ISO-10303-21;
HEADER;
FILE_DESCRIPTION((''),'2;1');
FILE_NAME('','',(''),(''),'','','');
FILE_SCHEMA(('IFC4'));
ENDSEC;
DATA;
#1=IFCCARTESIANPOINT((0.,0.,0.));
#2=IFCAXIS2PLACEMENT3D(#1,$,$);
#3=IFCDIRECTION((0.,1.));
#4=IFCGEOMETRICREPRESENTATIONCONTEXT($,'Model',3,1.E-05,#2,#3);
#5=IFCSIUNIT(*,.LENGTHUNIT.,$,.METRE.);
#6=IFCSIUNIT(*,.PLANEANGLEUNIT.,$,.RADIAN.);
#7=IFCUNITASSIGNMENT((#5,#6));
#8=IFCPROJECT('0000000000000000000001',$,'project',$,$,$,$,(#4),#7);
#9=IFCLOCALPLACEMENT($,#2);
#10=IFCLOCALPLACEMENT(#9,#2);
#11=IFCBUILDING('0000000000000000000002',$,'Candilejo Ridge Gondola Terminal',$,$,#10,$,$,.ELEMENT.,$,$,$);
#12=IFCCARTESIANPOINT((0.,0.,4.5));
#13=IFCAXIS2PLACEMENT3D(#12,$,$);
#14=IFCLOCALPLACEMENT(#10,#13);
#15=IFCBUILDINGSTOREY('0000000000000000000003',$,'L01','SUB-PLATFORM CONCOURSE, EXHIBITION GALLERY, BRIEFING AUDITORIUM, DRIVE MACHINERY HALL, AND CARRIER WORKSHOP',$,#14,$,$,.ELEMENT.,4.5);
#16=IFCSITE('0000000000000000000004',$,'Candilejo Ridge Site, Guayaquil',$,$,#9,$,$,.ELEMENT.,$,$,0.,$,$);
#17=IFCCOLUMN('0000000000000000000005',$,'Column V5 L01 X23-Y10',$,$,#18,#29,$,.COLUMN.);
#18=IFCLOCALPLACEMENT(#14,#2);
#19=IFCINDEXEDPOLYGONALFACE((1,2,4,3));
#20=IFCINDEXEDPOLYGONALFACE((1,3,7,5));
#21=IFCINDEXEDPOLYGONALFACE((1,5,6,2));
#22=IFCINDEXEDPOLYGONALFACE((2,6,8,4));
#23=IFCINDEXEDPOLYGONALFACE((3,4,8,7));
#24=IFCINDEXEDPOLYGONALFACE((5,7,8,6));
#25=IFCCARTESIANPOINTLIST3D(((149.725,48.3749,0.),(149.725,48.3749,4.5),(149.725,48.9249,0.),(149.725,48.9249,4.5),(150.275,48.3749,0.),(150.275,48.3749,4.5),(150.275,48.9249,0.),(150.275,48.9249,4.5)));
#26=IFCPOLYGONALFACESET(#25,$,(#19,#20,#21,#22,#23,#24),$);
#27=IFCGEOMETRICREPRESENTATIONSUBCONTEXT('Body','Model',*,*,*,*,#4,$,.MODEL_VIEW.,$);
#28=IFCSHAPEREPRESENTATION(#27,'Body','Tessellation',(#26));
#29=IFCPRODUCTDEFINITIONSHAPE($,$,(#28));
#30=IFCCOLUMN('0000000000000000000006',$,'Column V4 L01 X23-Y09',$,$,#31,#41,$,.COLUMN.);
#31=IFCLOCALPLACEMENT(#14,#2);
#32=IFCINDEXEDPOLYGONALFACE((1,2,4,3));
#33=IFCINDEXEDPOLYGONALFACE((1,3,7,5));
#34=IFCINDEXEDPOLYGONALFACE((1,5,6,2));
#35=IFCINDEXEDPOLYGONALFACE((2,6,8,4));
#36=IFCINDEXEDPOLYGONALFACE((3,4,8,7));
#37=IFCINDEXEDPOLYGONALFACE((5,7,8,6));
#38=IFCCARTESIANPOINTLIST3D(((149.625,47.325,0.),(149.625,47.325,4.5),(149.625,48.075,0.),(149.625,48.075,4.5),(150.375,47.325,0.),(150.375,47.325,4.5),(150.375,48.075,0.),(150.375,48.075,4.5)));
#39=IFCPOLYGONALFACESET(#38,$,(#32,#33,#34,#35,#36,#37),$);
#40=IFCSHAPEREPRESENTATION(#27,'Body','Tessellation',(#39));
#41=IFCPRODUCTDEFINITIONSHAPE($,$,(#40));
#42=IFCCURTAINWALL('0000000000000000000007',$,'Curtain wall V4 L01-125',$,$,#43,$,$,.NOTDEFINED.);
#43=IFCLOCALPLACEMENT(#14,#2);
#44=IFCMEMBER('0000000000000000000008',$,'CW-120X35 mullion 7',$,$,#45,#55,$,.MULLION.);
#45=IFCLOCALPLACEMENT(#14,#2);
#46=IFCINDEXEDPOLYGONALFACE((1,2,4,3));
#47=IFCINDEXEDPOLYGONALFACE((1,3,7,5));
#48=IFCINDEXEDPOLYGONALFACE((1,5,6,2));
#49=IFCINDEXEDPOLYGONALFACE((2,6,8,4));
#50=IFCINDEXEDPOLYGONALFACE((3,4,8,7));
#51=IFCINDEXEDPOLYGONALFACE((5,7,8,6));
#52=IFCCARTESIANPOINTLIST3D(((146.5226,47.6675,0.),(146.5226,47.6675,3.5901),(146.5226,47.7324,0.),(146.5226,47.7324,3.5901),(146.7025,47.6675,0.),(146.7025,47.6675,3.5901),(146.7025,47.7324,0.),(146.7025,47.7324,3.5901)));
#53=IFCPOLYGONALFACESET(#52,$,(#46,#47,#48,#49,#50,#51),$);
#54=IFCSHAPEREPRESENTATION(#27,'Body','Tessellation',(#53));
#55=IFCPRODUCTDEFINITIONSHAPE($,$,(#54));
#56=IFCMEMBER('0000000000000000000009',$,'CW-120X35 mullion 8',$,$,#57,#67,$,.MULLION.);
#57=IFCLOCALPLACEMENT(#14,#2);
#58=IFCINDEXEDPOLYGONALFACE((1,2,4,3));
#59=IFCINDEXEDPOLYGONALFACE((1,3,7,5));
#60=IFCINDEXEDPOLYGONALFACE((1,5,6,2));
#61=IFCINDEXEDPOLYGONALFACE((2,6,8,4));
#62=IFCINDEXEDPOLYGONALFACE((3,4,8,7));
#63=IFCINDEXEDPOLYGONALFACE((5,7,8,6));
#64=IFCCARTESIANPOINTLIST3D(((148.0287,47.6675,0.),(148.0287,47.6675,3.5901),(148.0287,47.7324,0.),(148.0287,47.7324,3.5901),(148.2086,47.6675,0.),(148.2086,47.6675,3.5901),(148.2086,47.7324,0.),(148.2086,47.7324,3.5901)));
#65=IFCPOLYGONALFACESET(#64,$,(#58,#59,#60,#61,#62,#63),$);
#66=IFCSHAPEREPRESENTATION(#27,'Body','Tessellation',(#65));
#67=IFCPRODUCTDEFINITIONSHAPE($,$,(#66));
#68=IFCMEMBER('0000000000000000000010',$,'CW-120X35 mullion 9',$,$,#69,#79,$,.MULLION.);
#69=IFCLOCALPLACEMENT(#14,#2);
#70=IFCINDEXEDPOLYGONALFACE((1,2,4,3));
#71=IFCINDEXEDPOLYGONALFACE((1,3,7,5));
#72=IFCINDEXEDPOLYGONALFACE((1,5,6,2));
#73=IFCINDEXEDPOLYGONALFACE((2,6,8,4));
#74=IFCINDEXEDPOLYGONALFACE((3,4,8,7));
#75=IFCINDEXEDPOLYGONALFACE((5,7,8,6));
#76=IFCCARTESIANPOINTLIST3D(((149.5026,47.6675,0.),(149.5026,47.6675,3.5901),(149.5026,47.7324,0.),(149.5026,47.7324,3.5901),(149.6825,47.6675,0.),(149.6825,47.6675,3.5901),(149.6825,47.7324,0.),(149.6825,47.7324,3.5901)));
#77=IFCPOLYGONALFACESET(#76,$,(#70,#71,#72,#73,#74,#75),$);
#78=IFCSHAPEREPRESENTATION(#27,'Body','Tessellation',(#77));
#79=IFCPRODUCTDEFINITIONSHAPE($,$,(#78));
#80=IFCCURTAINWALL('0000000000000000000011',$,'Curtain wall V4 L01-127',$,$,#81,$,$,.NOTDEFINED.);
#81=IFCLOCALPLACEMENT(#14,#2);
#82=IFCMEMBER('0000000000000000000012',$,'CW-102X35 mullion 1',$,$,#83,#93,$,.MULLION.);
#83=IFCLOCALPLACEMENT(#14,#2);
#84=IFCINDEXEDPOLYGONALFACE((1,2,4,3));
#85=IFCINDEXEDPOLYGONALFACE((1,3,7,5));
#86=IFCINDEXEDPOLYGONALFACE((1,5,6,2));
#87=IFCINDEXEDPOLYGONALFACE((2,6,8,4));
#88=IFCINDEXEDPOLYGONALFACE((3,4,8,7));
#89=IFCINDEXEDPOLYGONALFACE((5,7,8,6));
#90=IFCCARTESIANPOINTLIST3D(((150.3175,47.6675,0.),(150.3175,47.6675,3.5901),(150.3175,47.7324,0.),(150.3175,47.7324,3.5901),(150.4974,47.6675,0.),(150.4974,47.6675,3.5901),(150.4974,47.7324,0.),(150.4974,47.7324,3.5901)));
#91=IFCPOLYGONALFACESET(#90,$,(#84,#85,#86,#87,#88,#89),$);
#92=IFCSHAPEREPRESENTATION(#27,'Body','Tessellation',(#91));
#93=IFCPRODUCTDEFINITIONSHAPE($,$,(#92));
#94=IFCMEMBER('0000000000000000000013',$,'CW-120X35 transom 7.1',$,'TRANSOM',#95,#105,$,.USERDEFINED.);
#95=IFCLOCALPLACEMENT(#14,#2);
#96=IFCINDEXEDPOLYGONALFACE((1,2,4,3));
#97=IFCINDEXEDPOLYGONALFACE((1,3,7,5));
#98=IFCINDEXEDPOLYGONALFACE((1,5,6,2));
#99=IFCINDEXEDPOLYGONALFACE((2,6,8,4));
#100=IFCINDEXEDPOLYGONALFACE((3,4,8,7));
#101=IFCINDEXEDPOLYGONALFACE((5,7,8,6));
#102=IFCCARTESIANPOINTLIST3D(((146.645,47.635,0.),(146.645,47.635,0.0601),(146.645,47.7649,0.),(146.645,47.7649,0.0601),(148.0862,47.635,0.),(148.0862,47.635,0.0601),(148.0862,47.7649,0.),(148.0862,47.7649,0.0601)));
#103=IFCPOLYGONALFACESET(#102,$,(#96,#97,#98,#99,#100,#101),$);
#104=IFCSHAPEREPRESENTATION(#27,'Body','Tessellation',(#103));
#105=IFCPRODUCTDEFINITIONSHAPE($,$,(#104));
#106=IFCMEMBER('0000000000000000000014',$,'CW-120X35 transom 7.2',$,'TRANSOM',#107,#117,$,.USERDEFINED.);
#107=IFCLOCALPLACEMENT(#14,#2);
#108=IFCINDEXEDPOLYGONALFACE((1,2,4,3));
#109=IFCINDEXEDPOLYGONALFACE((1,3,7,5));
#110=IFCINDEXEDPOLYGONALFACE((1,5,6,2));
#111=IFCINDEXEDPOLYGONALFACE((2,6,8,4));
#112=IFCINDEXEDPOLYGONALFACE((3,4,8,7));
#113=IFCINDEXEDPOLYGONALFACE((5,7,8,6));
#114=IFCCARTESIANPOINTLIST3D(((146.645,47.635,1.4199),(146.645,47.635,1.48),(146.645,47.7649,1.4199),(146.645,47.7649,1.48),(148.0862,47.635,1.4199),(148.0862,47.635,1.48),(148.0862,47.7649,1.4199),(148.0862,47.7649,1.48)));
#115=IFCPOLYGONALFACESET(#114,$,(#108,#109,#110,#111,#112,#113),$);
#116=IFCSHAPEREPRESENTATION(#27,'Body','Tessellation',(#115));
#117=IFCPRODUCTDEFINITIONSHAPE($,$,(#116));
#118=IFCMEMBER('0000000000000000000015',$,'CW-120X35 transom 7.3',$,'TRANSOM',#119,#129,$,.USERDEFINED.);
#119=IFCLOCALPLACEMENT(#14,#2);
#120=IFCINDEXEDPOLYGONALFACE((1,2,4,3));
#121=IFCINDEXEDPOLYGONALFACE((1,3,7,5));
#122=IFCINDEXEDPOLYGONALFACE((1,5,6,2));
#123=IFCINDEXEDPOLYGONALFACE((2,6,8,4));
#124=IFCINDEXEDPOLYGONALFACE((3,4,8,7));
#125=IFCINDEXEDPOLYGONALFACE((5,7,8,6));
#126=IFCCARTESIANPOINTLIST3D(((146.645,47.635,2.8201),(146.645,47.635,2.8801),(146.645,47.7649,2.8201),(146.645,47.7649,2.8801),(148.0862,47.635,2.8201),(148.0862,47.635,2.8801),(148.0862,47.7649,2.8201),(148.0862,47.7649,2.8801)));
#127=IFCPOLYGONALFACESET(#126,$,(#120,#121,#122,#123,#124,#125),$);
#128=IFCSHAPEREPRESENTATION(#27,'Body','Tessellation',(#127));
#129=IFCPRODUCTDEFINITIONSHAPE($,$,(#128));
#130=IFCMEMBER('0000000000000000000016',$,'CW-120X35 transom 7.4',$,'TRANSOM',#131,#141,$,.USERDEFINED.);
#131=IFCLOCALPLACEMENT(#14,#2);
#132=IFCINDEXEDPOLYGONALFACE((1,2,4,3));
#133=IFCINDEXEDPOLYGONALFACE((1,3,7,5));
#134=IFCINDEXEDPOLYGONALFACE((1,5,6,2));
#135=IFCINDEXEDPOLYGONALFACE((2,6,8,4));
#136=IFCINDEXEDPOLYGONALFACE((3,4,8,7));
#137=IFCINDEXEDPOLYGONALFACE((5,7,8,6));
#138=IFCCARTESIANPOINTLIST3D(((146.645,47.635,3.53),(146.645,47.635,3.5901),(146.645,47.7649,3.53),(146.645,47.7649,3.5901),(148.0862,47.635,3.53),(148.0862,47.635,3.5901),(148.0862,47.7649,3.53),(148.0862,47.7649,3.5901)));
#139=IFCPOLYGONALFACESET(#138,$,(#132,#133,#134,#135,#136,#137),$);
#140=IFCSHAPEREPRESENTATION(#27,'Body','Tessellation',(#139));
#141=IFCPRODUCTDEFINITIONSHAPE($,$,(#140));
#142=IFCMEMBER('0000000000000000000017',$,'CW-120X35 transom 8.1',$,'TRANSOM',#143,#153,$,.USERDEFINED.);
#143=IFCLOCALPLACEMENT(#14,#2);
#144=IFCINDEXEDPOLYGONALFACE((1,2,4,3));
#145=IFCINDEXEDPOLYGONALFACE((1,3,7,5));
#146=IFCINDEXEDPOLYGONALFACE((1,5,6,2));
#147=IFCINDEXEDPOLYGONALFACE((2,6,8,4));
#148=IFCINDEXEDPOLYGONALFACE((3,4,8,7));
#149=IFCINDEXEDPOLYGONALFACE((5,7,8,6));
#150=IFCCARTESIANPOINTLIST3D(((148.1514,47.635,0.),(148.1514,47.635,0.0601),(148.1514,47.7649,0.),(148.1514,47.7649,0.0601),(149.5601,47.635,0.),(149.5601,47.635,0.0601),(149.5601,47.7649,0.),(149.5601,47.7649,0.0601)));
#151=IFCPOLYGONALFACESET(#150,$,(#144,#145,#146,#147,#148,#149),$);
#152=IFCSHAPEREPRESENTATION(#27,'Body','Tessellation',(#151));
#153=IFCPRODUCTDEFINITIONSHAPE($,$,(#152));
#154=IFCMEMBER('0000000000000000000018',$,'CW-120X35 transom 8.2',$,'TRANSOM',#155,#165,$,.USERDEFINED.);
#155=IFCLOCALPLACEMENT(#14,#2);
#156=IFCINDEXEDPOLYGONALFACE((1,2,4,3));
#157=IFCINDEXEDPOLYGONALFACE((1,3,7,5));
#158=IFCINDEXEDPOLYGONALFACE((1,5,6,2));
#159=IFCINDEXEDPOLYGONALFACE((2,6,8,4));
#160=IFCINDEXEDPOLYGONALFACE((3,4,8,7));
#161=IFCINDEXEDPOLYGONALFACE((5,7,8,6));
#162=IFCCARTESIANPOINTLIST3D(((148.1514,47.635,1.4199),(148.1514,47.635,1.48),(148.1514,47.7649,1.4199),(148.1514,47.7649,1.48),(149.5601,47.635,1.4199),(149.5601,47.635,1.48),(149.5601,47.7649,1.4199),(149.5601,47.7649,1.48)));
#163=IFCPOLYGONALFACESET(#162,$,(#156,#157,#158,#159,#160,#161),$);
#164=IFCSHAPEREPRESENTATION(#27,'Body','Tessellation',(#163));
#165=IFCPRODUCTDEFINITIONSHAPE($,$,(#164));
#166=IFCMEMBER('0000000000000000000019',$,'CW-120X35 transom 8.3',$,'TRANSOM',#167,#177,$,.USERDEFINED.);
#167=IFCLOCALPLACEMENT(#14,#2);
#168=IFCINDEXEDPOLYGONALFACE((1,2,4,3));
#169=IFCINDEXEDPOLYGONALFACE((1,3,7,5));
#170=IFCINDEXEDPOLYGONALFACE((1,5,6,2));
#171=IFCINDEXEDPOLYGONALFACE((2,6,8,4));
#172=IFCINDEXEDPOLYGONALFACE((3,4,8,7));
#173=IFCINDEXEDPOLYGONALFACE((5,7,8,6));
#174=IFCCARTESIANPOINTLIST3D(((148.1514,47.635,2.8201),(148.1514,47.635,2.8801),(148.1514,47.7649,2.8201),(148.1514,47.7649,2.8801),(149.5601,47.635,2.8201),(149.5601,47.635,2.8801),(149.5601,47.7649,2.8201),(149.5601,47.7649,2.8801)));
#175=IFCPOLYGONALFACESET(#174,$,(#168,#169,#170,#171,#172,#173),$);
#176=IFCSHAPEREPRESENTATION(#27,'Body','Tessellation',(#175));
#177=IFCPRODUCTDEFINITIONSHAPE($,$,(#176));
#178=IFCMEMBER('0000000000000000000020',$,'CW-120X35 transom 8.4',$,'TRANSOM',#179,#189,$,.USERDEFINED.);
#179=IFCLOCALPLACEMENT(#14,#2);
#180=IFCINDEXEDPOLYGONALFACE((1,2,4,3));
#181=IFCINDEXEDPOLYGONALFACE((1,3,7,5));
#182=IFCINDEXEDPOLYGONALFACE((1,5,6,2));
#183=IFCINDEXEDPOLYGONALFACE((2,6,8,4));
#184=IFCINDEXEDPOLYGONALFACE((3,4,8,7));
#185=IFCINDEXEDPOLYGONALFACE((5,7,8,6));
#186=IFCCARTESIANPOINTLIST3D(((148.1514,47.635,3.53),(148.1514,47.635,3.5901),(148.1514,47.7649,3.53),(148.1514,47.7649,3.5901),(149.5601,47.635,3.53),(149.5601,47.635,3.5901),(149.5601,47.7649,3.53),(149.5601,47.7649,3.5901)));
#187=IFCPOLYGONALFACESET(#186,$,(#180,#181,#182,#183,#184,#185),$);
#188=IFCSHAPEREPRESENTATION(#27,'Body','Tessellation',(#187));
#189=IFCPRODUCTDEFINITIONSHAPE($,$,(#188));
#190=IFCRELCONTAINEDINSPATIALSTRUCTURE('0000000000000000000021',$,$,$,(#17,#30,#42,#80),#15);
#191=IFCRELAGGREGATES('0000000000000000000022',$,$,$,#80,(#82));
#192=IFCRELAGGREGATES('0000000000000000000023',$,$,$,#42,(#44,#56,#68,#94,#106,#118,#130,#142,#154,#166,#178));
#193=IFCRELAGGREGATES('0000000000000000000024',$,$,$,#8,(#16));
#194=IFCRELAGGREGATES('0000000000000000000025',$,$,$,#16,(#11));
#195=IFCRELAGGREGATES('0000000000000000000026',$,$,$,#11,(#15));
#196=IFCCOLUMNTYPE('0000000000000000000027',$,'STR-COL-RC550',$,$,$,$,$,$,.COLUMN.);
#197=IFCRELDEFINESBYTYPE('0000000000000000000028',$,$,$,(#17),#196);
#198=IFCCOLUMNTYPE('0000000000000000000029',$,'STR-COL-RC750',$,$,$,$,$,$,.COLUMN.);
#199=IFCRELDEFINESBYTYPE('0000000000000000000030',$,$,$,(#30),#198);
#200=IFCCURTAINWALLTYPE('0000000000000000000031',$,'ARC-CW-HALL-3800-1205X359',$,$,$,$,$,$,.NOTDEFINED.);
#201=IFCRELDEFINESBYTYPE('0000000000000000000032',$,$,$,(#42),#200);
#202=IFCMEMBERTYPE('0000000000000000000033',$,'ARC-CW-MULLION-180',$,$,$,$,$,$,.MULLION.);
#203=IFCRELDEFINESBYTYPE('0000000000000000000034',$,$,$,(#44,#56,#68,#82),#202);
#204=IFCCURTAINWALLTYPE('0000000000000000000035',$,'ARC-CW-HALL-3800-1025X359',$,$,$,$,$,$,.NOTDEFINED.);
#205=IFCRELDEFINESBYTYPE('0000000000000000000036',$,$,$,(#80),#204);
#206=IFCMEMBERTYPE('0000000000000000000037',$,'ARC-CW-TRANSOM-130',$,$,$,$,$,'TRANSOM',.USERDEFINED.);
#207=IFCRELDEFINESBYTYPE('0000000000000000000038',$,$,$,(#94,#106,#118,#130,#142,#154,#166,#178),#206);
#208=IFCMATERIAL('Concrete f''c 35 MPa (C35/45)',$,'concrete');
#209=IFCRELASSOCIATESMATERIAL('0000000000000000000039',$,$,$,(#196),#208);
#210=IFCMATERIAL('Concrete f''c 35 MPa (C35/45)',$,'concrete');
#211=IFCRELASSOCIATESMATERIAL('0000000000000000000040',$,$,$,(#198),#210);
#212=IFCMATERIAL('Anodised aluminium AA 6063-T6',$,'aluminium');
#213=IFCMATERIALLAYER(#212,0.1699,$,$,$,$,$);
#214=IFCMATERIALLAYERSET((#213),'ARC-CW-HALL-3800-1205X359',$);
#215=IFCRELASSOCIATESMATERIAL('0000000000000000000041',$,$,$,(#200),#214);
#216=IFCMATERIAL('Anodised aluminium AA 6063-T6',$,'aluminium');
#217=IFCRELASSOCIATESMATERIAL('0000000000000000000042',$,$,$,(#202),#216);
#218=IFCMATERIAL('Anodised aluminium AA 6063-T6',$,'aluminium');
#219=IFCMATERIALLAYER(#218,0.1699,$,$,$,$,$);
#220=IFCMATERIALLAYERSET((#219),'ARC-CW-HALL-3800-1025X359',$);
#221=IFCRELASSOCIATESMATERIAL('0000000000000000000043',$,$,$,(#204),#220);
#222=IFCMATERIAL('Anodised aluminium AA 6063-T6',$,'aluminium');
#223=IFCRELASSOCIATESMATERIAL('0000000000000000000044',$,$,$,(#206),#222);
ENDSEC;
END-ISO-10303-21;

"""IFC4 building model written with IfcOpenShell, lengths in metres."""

from ifc_helpers import new_model, si_unit, direction, frame, origin, origin_2d, place, context, subcontext, project, spatial, rectangle, extrude, material, layer, layer_set, material_profile, profile_set, type_object, element, aggregate, save


model = new_model("IFC4")

# Units and contexts
model_context = context("Model", 3, precision=1e-05, world=origin(), true_north=direction((0.0, 1.0)))
body_context = subcontext(model_context, "Body", "Model", "MODEL_VIEW")
ifc_project = project(units=[si_unit("LENGTHUNIT", "METRE"), si_unit("PLANEANGLEUNIT", "RADIAN")], contexts=[model_context])

# Site, building, storey
site_placement = place(None, origin())
site = spatial("IfcSite", under=ifc_project, at=site_placement, Name="Candilejo Ridge Site, Guayaquil", CompositionType="ELEMENT", RefElevation=0.0)
building_placement = place(site_placement, origin())
building = spatial("IfcBuilding", under=site, at=building_placement, Name="Candilejo Ridge Gondola Terminal", CompositionType="ELEMENT")
storey_placement = place(building_placement, frame((0.0, 0.0, 4.5)))
storey = spatial("IfcBuildingStorey", under=building, at=storey_placement, Name="L01", Description="SUB-PLATFORM CONCOURSE, EXHIBITION GALLERY, BRIEFING AUDITORIUM, DRIVE MACHINERY HALL, AND CARRIER WORKSHOP", CompositionType="ELEMENT", Elevation=4.5)

# Columns
ifc_material_1 = material(Name="Concrete f'c 35 MPa (C35/45)", Category="concrete")
ifc_material_profile_1 = material_profile(ifc_material_1, rectangle(XDim=0.55, YDim=0.55, at=origin_2d()))
ifc_profile_set_1 = profile_set([ifc_material_profile_1], Name="Concrete f'c 35 MPa (C35/45)")
column_type_1 = type_object("IfcColumnType", Name="STR-COL-RC550", PredefinedType="COLUMN", material=ifc_profile_set_1)
column_1_placement = place(storey_placement, frame((150.0, 48.6499, 0.0), z_axis=(0.0, 0.0, 1.0), x_axis=(1.0, 0.0, 0.0)))
element("IfcColumn", 1, at=column_1_placement, inside=storey, type_object=column_type_1, Name="Column V5 L01 X23-Y10", PredefinedType="COLUMN", context=body_context, shape_type="SweptSolid", body=[
    extrude(rectangle(XDim=0.55, YDim=0.55, at=origin_2d()), origin(), (0.0, 0.0, 1.0), 4.5),
])
ifc_material_2 = material(Name="Concrete f'c 35 MPa (C35/45)", Category="concrete")
ifc_material_profile_2 = material_profile(ifc_material_2, rectangle(XDim=0.75, YDim=0.75, at=origin_2d()))
ifc_profile_set_2 = profile_set([ifc_material_profile_2], Name="Concrete f'c 35 MPa (C35/45)")
column_type_2 = type_object("IfcColumnType", Name="STR-COL-RC750", PredefinedType="COLUMN", material=ifc_profile_set_2)
column_2_placement = place(storey_placement, frame((150.0, 47.7, 0.0), z_axis=(0.0, 0.0, 1.0), x_axis=(1.0, 0.0, 0.0)))
element("IfcColumn", 2, at=column_2_placement, inside=storey, type_object=column_type_2, Name="Column V4 L01 X23-Y09", PredefinedType="COLUMN", context=body_context, shape_type="SweptSolid", body=[
    extrude(rectangle(XDim=0.75, YDim=0.75, at=origin_2d()), origin(), (0.0, 0.0, 1.0), 4.5),
])

# Curtain wall, members
ifc_material_3 = material(Name="Anodised aluminium AA 6063-T6", Category="aluminium")
ifc_layer_1 = layer(ifc_material_3, 0.1699)
ifc_layer_set_1 = layer_set([ifc_layer_1], Name="ARC-CW-HALL-3800-1205X359")
curtain_wall_type_1 = type_object("IfcCurtainWallType", Name="ARC-CW-HALL-3800-1205X359", PredefinedType="NOTDEFINED", material=ifc_layer_set_1)
curtain_wall_1_placement = place(storey_placement, origin())
curtain_wall_1 = element("IfcCurtainWall", 3, at=curtain_wall_1_placement, inside=storey, type_object=curtain_wall_type_1, Name="Curtain wall V4 L01-125", PredefinedType="NOTDEFINED")
ifc_material_4 = material(Name="Anodised aluminium AA 6063-T6", Category="aluminium")
ifc_material_profile_3 = material_profile(ifc_material_4, rectangle(XDim=0.0649, YDim=0.1799, at=origin_2d()))
ifc_profile_set_3 = profile_set([ifc_material_profile_3], Name="Anodised aluminium AA 6063-T6")
member_type_1 = type_object("IfcMemberType", Name="ARC-CW-MULLION-180", PredefinedType="MULLION", material=ifc_profile_set_3)
member_1_placement = place(storey_placement, frame((146.6125, 47.7, 0.0), z_axis=(0.0, 0.0, 1.0), x_axis=(0.0, 1.0, 0.0)))
member_1 = element("IfcMember", 4, at=member_1_placement, type_object=member_type_1, Name="CW-120X35 mullion 7", PredefinedType="MULLION", context=body_context, shape_type="SweptSolid", body=[
    extrude(rectangle(XDim=0.0649, YDim=0.1799, at=origin_2d()), origin(), (0.0, 0.0, 1.0), 3.5901),
])
member_2_placement = place(storey_placement, frame((148.1187, 47.7, 0.0), z_axis=(0.0, 0.0, 1.0), x_axis=(0.0, 1.0, 0.0)))
member_2 = element("IfcMember", 5, at=member_2_placement, type_object=member_type_1, Name="CW-120X35 mullion 8", PredefinedType="MULLION", context=body_context, shape_type="SweptSolid", body=[
    extrude(rectangle(XDim=0.0649, YDim=0.1799, at=origin_2d()), origin(), (0.0, 0.0, 1.0), 3.5901),
])
member_3_placement = place(storey_placement, frame((149.5925, 47.7, 0.0), z_axis=(0.0, 0.0, 1.0), x_axis=(0.0, 1.0, 0.0)))
member_3 = element("IfcMember", 6, at=member_3_placement, type_object=member_type_1, Name="CW-120X35 mullion 9", PredefinedType="MULLION", context=body_context, shape_type="SweptSolid", body=[
    extrude(rectangle(XDim=0.0649, YDim=0.1799, at=origin_2d()), origin(), (0.0, 0.0, 1.0), 3.5901),
])

# Curtain wall, member
ifc_material_5 = material(Name="Anodised aluminium AA 6063-T6", Category="aluminium")
ifc_layer_2 = layer(ifc_material_5, 0.1699)
ifc_layer_set_2 = layer_set([ifc_layer_2], Name="ARC-CW-HALL-3800-1025X359")
curtain_wall_type_2 = type_object("IfcCurtainWallType", Name="ARC-CW-HALL-3800-1025X359", PredefinedType="NOTDEFINED", material=ifc_layer_set_2)
curtain_wall_2_placement = place(storey_placement, origin())
curtain_wall_2 = element("IfcCurtainWall", 7, at=curtain_wall_2_placement, inside=storey, type_object=curtain_wall_type_2, Name="Curtain wall V4 L01-127", PredefinedType="NOTDEFINED")
member_4_placement = place(storey_placement, frame((150.4075, 47.7, 0.0), z_axis=(0.0, 0.0, 1.0), x_axis=(0.0, 1.0, 0.0)))
member_4 = element("IfcMember", 8, at=member_4_placement, type_object=member_type_1, Name="CW-102X35 mullion 1", PredefinedType="MULLION", context=body_context, shape_type="SweptSolid", body=[
    extrude(rectangle(XDim=0.0649, YDim=0.1799, at=origin_2d()), origin(), (0.0, 0.0, 1.0), 3.5901),
])
aggregate(curtain_wall_2, [member_4])

# Members
ifc_material_6 = material(Name="Anodised aluminium AA 6063-T6", Category="aluminium")
ifc_material_profile_4 = material_profile(ifc_material_6, rectangle(XDim=0.1299, YDim=0.0601, at=origin_2d()))
ifc_profile_set_4 = profile_set([ifc_material_profile_4], Name="Anodised aluminium AA 6063-T6")
member_type_2 = type_object("IfcMemberType", Name="ARC-CW-TRANSOM-130", ElementType="TRANSOM", PredefinedType="USERDEFINED", material=ifc_profile_set_4)
member_5_placement = place(storey_placement, frame((146.645, 47.7, 0.03), z_axis=(1.0, 0.0, 0.0), x_axis=(0.0, 1.0, 0.0)))
member_5 = element("IfcMember", 9, at=member_5_placement, type_object=member_type_2, Name="CW-120X35 transom 7.1", ObjectType="TRANSOM", PredefinedType="USERDEFINED", context=body_context, shape_type="SweptSolid", body=[
    extrude(rectangle(XDim=0.1299, YDim=0.0601, at=origin_2d()), origin(), (0.0, 0.0, 1.0), 1.4412),
])
member_6_placement = place(storey_placement, frame((146.645, 47.7, 1.45), z_axis=(1.0, 0.0, 0.0), x_axis=(0.0, 1.0, 0.0)))
member_6 = element("IfcMember", 10, at=member_6_placement, type_object=member_type_2, Name="CW-120X35 transom 7.2", ObjectType="TRANSOM", PredefinedType="USERDEFINED", context=body_context, shape_type="SweptSolid", body=[
    extrude(rectangle(XDim=0.1299, YDim=0.0601, at=origin_2d()), origin(), (0.0, 0.0, 1.0), 1.4412),
])
member_7_placement = place(storey_placement, frame((146.645, 47.7, 2.8501), z_axis=(1.0, 0.0, 0.0), x_axis=(0.0, 1.0, 0.0)))
member_7 = element("IfcMember", 11, at=member_7_placement, type_object=member_type_2, Name="CW-120X35 transom 7.3", ObjectType="TRANSOM", PredefinedType="USERDEFINED", context=body_context, shape_type="SweptSolid", body=[
    extrude(rectangle(XDim=0.1299, YDim=0.0601, at=origin_2d()), origin(), (0.0, 0.0, 1.0), 1.4412),
])
member_8_placement = place(storey_placement, frame((146.645, 47.7, 3.5601), z_axis=(1.0, 0.0, 0.0), x_axis=(0.0, 1.0, 0.0)))
member_8 = element("IfcMember", 12, at=member_8_placement, type_object=member_type_2, Name="CW-120X35 transom 7.4", ObjectType="TRANSOM", PredefinedType="USERDEFINED", context=body_context, shape_type="SweptSolid", body=[
    extrude(rectangle(XDim=0.1299, YDim=0.0601, at=origin_2d()), origin(), (0.0, 0.0, 1.0), 1.4412),
])
member_9_placement = place(storey_placement, frame((148.1514, 47.7, 0.03), z_axis=(1.0, 0.0, 0.0), x_axis=(0.0, 1.0, 0.0)))
member_9 = element("IfcMember", 13, at=member_9_placement, type_object=member_type_2, Name="CW-120X35 transom 8.1", ObjectType="TRANSOM", PredefinedType="USERDEFINED", context=body_context, shape_type="SweptSolid", body=[
    extrude(rectangle(XDim=0.1299, YDim=0.0601, at=origin_2d()), origin(), (0.0, 0.0, 1.0), 1.4087),
])
member_10_placement = place(storey_placement, frame((148.1514, 47.7, 1.45), z_axis=(1.0, 0.0, 0.0), x_axis=(0.0, 1.0, 0.0)))
member_10 = element("IfcMember", 14, at=member_10_placement, type_object=member_type_2, Name="CW-120X35 transom 8.2", ObjectType="TRANSOM", PredefinedType="USERDEFINED", context=body_context, shape_type="SweptSolid", body=[
    extrude(rectangle(XDim=0.1299, YDim=0.0601, at=origin_2d()), origin(), (0.0, 0.0, 1.0), 1.4087),
])
member_11_placement = place(storey_placement, frame((148.1514, 47.7, 2.8501), z_axis=(1.0, 0.0, 0.0), x_axis=(0.0, 1.0, 0.0)))
member_11 = element("IfcMember", 15, at=member_11_placement, type_object=member_type_2, Name="CW-120X35 transom 8.3", ObjectType="TRANSOM", PredefinedType="USERDEFINED", context=body_context, shape_type="SweptSolid", body=[
    extrude(rectangle(XDim=0.1299, YDim=0.0601, at=origin_2d()), origin(), (0.0, 0.0, 1.0), 1.4087),
])
member_12_placement = place(storey_placement, frame((148.1514, 47.7, 3.5601), z_axis=(1.0, 0.0, 0.0), x_axis=(0.0, 1.0, 0.0)))
member_12 = element("IfcMember", 16, at=member_12_placement, type_object=member_type_2, Name="CW-120X35 transom 8.4", ObjectType="TRANSOM", PredefinedType="USERDEFINED", context=body_context, shape_type="SweptSolid", body=[
    extrude(rectangle(XDim=0.1299, YDim=0.0601, at=origin_2d()), origin(), (0.0, 0.0, 1.0), 1.4087),
])

aggregate(curtain_wall_1, [member_1, member_2, member_3, member_5, member_6, member_7, member_8, member_9, member_10, member_11, member_12])

save(model, "model.ifc")
